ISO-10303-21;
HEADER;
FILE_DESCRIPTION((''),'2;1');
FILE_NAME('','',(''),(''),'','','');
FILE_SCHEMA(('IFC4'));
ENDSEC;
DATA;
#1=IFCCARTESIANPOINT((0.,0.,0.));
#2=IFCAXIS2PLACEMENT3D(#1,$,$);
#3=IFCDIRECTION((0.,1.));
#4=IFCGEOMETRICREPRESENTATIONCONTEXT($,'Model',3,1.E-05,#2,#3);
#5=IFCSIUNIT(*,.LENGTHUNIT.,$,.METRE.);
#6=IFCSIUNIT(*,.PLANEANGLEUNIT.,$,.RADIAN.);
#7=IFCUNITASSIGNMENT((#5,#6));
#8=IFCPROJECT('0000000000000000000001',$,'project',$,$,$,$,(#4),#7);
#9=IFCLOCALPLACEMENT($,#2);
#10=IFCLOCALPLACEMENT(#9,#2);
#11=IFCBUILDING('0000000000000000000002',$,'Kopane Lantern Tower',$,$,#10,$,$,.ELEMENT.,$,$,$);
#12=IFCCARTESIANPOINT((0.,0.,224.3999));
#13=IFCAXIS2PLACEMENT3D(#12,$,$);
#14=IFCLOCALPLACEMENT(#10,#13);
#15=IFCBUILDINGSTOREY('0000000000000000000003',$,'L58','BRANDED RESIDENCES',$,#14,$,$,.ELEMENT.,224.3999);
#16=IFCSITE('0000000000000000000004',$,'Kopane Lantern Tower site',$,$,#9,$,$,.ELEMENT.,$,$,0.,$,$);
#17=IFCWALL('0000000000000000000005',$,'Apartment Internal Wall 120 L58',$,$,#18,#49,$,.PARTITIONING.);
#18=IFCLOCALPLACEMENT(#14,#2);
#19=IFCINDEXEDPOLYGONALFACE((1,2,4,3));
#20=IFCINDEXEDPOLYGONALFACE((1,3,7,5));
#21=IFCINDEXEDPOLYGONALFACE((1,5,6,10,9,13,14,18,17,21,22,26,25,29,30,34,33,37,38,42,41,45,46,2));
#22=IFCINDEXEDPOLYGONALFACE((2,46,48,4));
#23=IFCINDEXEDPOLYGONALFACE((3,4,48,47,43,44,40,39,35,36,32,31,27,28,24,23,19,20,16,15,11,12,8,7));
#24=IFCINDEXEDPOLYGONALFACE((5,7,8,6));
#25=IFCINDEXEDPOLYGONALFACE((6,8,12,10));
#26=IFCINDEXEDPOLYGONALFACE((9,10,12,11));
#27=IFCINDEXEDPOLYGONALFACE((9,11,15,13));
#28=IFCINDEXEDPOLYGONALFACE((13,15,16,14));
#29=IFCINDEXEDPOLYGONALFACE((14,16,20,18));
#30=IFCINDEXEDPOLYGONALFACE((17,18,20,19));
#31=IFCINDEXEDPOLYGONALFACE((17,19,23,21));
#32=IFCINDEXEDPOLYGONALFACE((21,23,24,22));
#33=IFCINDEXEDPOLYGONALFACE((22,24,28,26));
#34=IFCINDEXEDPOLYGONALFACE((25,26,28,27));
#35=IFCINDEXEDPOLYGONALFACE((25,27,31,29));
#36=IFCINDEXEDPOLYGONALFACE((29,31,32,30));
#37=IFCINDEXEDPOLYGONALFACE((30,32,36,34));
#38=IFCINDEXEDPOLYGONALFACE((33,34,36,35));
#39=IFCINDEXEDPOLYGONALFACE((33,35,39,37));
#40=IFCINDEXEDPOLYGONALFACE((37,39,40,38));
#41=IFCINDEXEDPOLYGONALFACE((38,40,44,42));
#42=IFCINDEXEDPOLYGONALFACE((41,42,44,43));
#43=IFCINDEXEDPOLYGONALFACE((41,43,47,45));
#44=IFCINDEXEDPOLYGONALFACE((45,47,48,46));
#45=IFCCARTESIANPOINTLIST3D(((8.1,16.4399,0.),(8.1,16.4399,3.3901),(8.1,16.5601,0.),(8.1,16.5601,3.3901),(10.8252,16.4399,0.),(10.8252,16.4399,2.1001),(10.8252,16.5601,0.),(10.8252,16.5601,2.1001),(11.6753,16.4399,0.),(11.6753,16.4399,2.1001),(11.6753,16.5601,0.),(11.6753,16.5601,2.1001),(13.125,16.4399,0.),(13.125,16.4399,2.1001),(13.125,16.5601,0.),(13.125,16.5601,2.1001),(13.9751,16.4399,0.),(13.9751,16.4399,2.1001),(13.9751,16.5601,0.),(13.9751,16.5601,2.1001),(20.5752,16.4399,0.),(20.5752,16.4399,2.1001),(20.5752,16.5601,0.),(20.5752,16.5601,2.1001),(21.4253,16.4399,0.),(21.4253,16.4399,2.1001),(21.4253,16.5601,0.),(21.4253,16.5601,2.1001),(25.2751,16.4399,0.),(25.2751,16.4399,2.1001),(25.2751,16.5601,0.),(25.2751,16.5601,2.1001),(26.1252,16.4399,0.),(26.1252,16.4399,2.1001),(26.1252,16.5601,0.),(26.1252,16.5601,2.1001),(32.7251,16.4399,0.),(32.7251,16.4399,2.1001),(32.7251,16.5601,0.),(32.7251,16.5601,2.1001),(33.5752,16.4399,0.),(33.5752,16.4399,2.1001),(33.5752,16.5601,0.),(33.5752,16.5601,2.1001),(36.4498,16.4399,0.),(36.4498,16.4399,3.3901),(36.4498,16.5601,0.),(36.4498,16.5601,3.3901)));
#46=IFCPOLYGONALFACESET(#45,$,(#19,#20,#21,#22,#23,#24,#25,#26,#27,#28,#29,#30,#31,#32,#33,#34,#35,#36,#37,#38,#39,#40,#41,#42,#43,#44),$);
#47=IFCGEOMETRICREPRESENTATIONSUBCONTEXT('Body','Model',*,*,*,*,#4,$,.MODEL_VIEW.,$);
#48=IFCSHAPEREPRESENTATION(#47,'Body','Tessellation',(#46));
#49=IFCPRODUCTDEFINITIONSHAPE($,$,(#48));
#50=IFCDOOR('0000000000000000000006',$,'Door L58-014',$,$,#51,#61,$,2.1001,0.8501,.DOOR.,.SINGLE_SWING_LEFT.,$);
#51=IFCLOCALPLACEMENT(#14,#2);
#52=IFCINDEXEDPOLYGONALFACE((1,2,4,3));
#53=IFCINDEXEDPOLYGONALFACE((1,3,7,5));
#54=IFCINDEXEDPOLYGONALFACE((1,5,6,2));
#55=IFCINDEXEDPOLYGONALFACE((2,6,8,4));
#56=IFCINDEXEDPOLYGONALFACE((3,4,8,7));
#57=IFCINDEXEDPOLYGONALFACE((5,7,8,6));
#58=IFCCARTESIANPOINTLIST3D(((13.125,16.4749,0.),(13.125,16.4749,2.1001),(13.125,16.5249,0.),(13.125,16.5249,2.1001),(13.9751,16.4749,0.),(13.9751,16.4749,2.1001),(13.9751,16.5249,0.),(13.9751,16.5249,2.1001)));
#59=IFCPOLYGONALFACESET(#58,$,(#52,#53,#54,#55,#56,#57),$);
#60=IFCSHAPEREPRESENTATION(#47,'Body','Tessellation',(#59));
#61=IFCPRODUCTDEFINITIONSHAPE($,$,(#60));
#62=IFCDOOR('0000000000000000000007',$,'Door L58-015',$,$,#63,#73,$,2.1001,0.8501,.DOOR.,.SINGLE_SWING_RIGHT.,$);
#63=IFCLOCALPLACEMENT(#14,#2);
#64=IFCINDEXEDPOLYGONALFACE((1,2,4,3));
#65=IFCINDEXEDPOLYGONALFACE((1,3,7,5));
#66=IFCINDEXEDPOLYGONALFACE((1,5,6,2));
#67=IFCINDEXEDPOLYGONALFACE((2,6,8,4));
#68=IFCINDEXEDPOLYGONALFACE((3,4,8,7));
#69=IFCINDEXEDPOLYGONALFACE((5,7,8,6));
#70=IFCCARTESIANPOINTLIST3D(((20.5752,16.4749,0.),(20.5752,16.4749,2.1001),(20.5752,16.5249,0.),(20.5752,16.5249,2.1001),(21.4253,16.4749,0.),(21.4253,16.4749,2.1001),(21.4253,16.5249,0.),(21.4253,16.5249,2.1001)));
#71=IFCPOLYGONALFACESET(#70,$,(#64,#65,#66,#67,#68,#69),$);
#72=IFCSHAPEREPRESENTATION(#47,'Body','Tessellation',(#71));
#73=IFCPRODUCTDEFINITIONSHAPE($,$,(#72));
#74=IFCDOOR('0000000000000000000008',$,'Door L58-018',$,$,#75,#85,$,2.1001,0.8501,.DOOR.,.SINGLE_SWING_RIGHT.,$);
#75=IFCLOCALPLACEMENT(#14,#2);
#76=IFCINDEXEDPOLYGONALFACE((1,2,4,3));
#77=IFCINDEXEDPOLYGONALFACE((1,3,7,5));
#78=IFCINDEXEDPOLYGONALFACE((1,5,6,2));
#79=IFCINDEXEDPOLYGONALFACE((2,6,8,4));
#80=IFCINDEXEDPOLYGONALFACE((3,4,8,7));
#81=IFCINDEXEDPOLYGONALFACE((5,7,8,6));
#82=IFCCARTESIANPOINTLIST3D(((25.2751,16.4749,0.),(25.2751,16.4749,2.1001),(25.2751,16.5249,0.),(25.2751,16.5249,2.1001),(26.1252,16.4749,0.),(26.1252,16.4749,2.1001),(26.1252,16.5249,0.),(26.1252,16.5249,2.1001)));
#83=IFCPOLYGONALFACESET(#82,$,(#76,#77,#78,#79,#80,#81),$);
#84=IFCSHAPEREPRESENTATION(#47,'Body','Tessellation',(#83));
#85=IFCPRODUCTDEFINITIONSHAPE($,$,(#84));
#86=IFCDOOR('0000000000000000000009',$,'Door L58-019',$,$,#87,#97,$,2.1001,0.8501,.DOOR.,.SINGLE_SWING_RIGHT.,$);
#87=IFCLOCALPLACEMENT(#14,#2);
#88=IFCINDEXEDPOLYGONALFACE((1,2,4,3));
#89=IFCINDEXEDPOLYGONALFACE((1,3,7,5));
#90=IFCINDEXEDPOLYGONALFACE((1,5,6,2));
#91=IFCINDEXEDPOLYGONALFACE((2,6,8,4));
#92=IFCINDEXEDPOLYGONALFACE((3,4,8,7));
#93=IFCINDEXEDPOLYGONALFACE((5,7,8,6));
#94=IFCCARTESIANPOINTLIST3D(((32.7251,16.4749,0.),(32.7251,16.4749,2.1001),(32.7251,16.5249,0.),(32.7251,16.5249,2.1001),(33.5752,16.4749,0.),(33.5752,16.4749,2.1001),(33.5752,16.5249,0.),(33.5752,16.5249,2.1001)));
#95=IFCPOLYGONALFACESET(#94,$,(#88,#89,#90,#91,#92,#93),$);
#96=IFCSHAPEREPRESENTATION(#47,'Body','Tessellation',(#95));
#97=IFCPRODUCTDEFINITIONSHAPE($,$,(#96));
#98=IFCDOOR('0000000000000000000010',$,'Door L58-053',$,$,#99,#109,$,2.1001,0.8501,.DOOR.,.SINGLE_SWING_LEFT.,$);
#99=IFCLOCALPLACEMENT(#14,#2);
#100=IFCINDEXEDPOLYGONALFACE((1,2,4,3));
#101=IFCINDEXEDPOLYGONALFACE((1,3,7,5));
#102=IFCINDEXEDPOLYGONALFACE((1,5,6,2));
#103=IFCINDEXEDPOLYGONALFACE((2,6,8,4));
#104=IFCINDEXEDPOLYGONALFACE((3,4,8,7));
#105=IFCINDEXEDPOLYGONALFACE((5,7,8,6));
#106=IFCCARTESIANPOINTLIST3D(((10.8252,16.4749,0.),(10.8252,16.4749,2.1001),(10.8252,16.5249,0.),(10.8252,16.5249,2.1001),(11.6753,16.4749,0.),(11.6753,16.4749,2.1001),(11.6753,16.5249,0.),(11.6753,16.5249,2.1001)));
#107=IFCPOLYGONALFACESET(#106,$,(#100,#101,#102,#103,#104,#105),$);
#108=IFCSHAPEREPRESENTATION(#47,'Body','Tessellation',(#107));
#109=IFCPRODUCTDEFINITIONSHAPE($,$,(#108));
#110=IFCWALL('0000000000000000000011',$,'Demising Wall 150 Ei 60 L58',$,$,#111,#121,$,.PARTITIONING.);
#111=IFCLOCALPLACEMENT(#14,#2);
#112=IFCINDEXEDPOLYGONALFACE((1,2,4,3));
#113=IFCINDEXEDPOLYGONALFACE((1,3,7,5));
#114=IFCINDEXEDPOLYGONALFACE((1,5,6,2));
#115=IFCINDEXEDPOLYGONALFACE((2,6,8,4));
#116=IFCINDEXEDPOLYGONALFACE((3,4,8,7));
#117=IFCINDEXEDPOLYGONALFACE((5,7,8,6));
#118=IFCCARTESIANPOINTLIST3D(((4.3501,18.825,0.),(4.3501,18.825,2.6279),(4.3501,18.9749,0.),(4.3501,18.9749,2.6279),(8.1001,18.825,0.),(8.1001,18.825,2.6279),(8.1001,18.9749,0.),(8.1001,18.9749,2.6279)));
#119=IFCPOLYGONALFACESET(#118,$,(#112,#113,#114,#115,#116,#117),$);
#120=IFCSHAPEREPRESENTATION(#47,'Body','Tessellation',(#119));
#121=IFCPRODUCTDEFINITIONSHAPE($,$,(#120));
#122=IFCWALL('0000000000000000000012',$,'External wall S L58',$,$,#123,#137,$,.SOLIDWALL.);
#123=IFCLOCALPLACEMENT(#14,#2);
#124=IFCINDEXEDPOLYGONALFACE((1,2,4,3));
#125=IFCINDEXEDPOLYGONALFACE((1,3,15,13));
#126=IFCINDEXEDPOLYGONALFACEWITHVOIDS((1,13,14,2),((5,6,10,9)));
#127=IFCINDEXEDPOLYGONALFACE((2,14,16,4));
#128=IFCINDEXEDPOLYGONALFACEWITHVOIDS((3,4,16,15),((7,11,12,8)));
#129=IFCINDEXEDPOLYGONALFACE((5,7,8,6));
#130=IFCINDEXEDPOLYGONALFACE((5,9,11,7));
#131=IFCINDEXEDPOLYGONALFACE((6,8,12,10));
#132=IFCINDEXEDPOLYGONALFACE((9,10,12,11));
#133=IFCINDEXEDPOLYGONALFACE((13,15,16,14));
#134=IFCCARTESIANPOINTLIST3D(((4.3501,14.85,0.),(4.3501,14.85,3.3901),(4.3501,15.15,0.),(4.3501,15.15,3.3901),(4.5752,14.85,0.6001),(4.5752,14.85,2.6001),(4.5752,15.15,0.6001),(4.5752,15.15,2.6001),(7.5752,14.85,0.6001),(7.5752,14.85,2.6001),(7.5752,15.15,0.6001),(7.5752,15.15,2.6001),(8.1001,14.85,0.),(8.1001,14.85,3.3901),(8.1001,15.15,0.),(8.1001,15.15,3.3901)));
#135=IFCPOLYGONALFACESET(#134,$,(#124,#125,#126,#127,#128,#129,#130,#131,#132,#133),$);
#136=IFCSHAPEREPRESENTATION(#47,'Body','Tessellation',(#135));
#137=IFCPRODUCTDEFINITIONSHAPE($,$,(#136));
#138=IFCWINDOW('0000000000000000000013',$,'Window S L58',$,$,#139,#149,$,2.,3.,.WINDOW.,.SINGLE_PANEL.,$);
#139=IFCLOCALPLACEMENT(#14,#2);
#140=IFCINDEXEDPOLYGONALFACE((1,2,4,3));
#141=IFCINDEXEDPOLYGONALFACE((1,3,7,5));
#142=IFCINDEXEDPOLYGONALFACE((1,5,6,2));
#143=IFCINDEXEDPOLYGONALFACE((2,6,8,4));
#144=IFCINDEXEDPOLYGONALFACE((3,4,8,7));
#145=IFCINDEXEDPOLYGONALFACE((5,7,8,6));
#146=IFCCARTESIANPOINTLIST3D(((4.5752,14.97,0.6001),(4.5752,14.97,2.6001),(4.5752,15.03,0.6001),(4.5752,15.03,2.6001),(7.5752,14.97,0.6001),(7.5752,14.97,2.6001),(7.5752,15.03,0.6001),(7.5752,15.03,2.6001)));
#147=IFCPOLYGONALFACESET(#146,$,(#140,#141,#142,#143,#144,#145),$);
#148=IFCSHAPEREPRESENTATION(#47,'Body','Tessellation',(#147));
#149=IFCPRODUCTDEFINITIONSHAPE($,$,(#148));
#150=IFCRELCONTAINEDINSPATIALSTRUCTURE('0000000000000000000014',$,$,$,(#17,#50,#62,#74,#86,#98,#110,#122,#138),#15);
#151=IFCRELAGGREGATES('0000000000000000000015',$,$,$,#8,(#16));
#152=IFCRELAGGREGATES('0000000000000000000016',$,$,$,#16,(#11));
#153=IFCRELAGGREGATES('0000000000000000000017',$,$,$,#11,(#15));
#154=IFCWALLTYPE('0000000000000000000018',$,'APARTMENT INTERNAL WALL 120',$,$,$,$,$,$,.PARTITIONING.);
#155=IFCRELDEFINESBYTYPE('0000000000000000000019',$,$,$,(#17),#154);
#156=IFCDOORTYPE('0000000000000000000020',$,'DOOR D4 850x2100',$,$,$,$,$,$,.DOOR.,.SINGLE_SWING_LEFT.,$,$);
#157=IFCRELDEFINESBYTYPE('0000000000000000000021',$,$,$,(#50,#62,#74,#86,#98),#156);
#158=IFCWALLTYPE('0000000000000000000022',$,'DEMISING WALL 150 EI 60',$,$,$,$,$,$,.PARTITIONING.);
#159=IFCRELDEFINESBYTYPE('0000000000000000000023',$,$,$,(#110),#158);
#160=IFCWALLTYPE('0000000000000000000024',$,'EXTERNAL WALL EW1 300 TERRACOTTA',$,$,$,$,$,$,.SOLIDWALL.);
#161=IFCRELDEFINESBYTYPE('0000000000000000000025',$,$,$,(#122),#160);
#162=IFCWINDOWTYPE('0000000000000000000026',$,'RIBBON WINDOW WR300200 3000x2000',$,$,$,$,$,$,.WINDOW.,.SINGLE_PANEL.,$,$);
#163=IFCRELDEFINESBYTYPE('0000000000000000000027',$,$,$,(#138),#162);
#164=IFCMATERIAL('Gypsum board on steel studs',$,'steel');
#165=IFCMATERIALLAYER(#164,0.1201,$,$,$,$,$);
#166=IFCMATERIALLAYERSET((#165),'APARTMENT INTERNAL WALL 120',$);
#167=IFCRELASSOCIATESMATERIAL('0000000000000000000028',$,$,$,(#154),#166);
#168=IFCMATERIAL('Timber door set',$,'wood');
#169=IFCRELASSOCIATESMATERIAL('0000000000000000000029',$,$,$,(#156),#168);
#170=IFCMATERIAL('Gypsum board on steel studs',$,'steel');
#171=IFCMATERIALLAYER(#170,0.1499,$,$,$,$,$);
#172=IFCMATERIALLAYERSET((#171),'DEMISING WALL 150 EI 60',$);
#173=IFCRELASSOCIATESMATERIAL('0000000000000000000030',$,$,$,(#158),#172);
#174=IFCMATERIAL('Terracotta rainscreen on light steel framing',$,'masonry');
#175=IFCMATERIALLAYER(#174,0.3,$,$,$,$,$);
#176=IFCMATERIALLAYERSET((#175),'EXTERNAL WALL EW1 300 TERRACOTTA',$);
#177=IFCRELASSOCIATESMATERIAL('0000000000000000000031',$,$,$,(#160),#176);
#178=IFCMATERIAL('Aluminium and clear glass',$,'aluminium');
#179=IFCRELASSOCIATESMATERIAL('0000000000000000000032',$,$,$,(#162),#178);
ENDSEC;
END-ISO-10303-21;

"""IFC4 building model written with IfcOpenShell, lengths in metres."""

from ifc_helpers import new_model, si_unit, direction, frame, frame_2d, origin, place, context, subcontext, project, spatial, rectangle, extrude, material, layer, layer_set, type_object, element, fill, save


model = new_model("IFC4")

# Units and contexts
model_context = context("Model", 3, precision=1e-05, world=origin(), true_north=direction((0.0, 1.0)))
body_context = subcontext(model_context, "Body", "Model", "MODEL_VIEW")
ifc_project = project(units=[si_unit("LENGTHUNIT", "METRE"), si_unit("PLANEANGLEUNIT", "RADIAN")], contexts=[model_context])

# Site, building, storey
site_placement = place(None, origin())
site = spatial("IfcSite", under=ifc_project, at=site_placement, Name="Kopane Lantern Tower site", CompositionType="ELEMENT", RefElevation=0.0)
building_placement = place(site_placement, origin())
building = spatial("IfcBuilding", under=site, at=building_placement, Name="Kopane Lantern Tower", CompositionType="ELEMENT")
storey_placement = place(building_placement, frame((0.0, 0.0, 224.3999)))
storey = spatial("IfcBuildingStorey", under=building, at=storey_placement, Name="L58", Description="BRANDED RESIDENCES", CompositionType="ELEMENT", Elevation=224.3999)

# Wall, openings, doors
ifc_material_1 = material(Name="Gypsum board on steel studs", Category="steel")
ifc_layer_1 = layer(ifc_material_1, 0.1201)
ifc_layer_set_1 = layer_set([ifc_layer_1], Name="APARTMENT INTERNAL WALL 120")
wall_type_1 = type_object("IfcWallType", Name="APARTMENT INTERNAL WALL 120", PredefinedType="PARTITIONING", material=ifc_layer_set_1)
ifc_material_2 = material(Name="Timber door set", Category="wood")
door_type = type_object("IfcDoorType", Name="DOOR D4 850x2100", OperationType="SINGLE_SWING_LEFT", PredefinedType="DOOR", material=ifc_material_2)
wall_1_placement = place(storey_placement, frame((8.1001, 16.5, 0.0), z_axis=(0.0, 0.0, 1.0), x_axis=(1.0, 0.0, 0.0)))
wall_1 = element("IfcWall", 1, at=wall_1_placement, inside=storey, type_object=wall_type_1, Name="Apartment Internal Wall 120 L58", PredefinedType="PARTITIONING", context=body_context, shape_type="SweptSolid", body=[
    extrude(rectangle(XDim=28.3499, YDim=0.1201, at=frame_2d((14.1748, 0.0))), origin(), (0.0, 0.0, 1.0), 3.3901),
])
opening_1_placement = place(wall_1_placement, frame((5.0249, 0.0, 0.0)))
opening_1 = element("IfcOpeningElement", 2, at=opening_1_placement, cuts=wall_1, PredefinedType="OPENING", context=body_context, shape_type="SweptSolid", body=[
    extrude(rectangle(XDim=0.8501, YDim=2.1001, at=frame_2d((0.425, 1.05))), frame((0.0, 0.0701, 0.0), z_axis=(0.0, -1.0, 0.0), x_axis=(1.0, 0.0, 0.0)), (0.0, 0.0, 1.0), 0.1401),
])
opening_2_placement = place(wall_1_placement, frame((12.4751, 0.0, 0.0)))
opening_2 = element("IfcOpeningElement", 3, at=opening_2_placement, cuts=wall_1, PredefinedType="OPENING", context=body_context, shape_type="SweptSolid", body=[
    extrude(rectangle(XDim=0.8501, YDim=2.1001, at=frame_2d((0.425, 1.05))), frame((0.0, 0.0701, 0.0), z_axis=(0.0, -1.0, 0.0), x_axis=(1.0, 0.0, 0.0)), (0.0, 0.0, 1.0), 0.1401),
])
opening_3_placement = place(wall_1_placement, frame((17.175, 0.0, 0.0)))
opening_3 = element("IfcOpeningElement", 4, at=opening_3_placement, cuts=wall_1, PredefinedType="OPENING", context=body_context, shape_type="SweptSolid", body=[
    extrude(rectangle(XDim=0.8501, YDim=2.1001, at=frame_2d((0.425, 1.05))), frame((0.0, 0.0701, 0.0), z_axis=(0.0, -1.0, 0.0), x_axis=(1.0, 0.0, 0.0)), (0.0, 0.0, 1.0), 0.1401),
])
opening_4_placement = place(wall_1_placement, frame((24.625, 0.0, 0.0)))
opening_4 = element("IfcOpeningElement", 5, at=opening_4_placement, cuts=wall_1, PredefinedType="OPENING", context=body_context, shape_type="SweptSolid", body=[
    extrude(rectangle(XDim=0.8501, YDim=2.1001, at=frame_2d((0.425, 1.05))), frame((0.0, 0.0701, 0.0), z_axis=(0.0, -1.0, 0.0), x_axis=(1.0, 0.0, 0.0)), (0.0, 0.0, 1.0), 0.1401),
])
opening_5_placement = place(wall_1_placement, frame((2.7251, 0.0, 0.0)))
opening_5 = element("IfcOpeningElement", 6, at=opening_5_placement, cuts=wall_1, PredefinedType="OPENING", context=body_context, shape_type="SweptSolid", body=[
    extrude(rectangle(XDim=0.8501, YDim=2.1001, at=frame_2d((0.425, 1.05))), frame((0.0, 0.0701, 0.0), z_axis=(0.0, -1.0, 0.0), x_axis=(1.0, 0.0, 0.0)), (0.0, 0.0, 1.0), 0.1401),
])
door_1_placement = place(opening_1_placement, origin())
door_1 = element("IfcDoor", 7, at=door_1_placement, inside=storey, type_object=door_type, Name="Door L58-014", OperationType="SINGLE_SWING_LEFT", OverallHeight=2.1001, OverallWidth=0.8501, PredefinedType="DOOR", context=body_context, shape_type="SweptSolid", body=[
    extrude(rectangle(XDim=0.8501, YDim=2.1001, at=frame_2d((0.425, 1.05))), frame((0.0, 0.0249, 0.0), z_axis=(0.0, -1.0, 0.0), x_axis=(1.0, 0.0, 0.0)), (0.0, 0.0, 1.0), 0.05),
])
fill(opening_1, door_1)
door_2_placement = place(opening_2_placement, origin())
door_2 = element("IfcDoor", 8, at=door_2_placement, inside=storey, type_object=door_type, Name="Door L58-015", OperationType="SINGLE_SWING_RIGHT", OverallHeight=2.1001, OverallWidth=0.8501, PredefinedType="DOOR", context=body_context, shape_type="SweptSolid", body=[
    extrude(rectangle(XDim=0.8501, YDim=2.1001, at=frame_2d((0.425, 1.05))), frame((0.0, 0.0249, 0.0), z_axis=(0.0, -1.0, 0.0), x_axis=(1.0, 0.0, 0.0)), (0.0, 0.0, 1.0), 0.05),
])
fill(opening_2, door_2)
door_3_placement = place(opening_3_placement, origin())
door_3 = element("IfcDoor", 9, at=door_3_placement, inside=storey, type_object=door_type, Name="Door L58-018", OperationType="SINGLE_SWING_RIGHT", OverallHeight=2.1001, OverallWidth=0.8501, PredefinedType="DOOR", context=body_context, shape_type="SweptSolid", body=[
    extrude(rectangle(XDim=0.8501, YDim=2.1001, at=frame_2d((0.425, 1.05))), frame((0.0, 0.0249, 0.0), z_axis=(0.0, -1.0, 0.0), x_axis=(1.0, 0.0, 0.0)), (0.0, 0.0, 1.0), 0.05),
])
fill(opening_3, door_3)
door_4_placement = place(opening_4_placement, origin())
door_4 = element("IfcDoor", 10, at=door_4_placement, inside=storey, type_object=door_type, Name="Door L58-019", OperationType="SINGLE_SWING_RIGHT", OverallHeight=2.1001, OverallWidth=0.8501, PredefinedType="DOOR", context=body_context, shape_type="SweptSolid", body=[
    extrude(rectangle(XDim=0.8501, YDim=2.1001, at=frame_2d((0.425, 1.05))), frame((0.0, 0.0249, 0.0), z_axis=(0.0, -1.0, 0.0), x_axis=(1.0, 0.0, 0.0)), (0.0, 0.0, 1.0), 0.05),
])
fill(opening_4, door_4)
door_5_placement = place(opening_5_placement, origin())
door_5 = element("IfcDoor", 11, at=door_5_placement, inside=storey, type_object=door_type, Name="Door L58-053", OperationType="SINGLE_SWING_LEFT", OverallHeight=2.1001, OverallWidth=0.8501, PredefinedType="DOOR", context=body_context, shape_type="SweptSolid", body=[
    extrude(rectangle(XDim=0.8501, YDim=2.1001, at=frame_2d((0.425, 1.05))), frame((0.0, 0.0249, 0.0), z_axis=(0.0, -1.0, 0.0), x_axis=(1.0, 0.0, 0.0)), (0.0, 0.0, 1.0), 0.05),
])
fill(opening_5, door_5)

# Wall
ifc_material_3 = material(Name="Gypsum board on steel studs", Category="steel")
ifc_layer_2 = layer(ifc_material_3, 0.1499)
ifc_layer_set_2 = layer_set([ifc_layer_2], Name="DEMISING WALL 150 EI 60")
wall_type_2 = type_object("IfcWallType", Name="DEMISING WALL 150 EI 60", PredefinedType="PARTITIONING", material=ifc_layer_set_2)
wall_2_placement = place(storey_placement, frame((4.3501, 18.8999, 0.0), z_axis=(0.0, 0.0, 1.0), x_axis=(1.0, 0.0, 0.0)))
element("IfcWall", 12, at=wall_2_placement, inside=storey, type_object=wall_type_2, Name="Demising Wall 150 Ei 60 L58", PredefinedType="PARTITIONING", context=body_context, shape_type="SweptSolid", body=[
    extrude(rectangle(XDim=3.75, YDim=0.1499, at=frame_2d((1.875, 0.0))), origin(), (0.0, 0.0, 1.0), 2.6279),
])

# Wall, opening, window
ifc_material_4 = material(Name="Terracotta rainscreen on light steel framing", Category="masonry")
ifc_layer_3 = layer(ifc_material_4, 0.3)
ifc_layer_set_3 = layer_set([ifc_layer_3], Name="EXTERNAL WALL EW1 300 TERRACOTTA")
wall_type_3 = type_object("IfcWallType", Name="EXTERNAL WALL EW1 300 TERRACOTTA", PredefinedType="SOLIDWALL", material=ifc_layer_set_3)
wall_3_placement = place(storey_placement, frame((4.3501, 15.0, 0.0), z_axis=(0.0, 0.0, 1.0), x_axis=(1.0, 0.0, 0.0)))
wall_3 = element("IfcWall", 13, at=wall_3_placement, inside=storey, type_object=wall_type_3, Name="External wall S L58", PredefinedType="SOLIDWALL", context=body_context, shape_type="SweptSolid", body=[
    extrude(rectangle(XDim=3.75, YDim=0.3, at=frame_2d((1.875, 0.0))), origin(), (0.0, 0.0, 1.0), 3.3901),
])
opening_6_placement = place(wall_3_placement, frame((0.2251, 0.0, 0.6001)))
opening_6 = element("IfcOpeningElement", 14, at=opening_6_placement, cuts=wall_3, PredefinedType="OPENING", context=body_context, shape_type="SweptSolid", body=[
    extrude(rectangle(XDim=3.0, YDim=2.0, at=frame_2d((1.5, 1.0))), frame((0.0, 0.1599, 0.0), z_axis=(0.0, -1.0, 0.0), x_axis=(1.0, 0.0, 0.0)), (0.0, 0.0, 1.0), 0.3201),
])
ifc_material_5 = material(Name="Aluminium and clear glass", Category="aluminium")
window_type = type_object("IfcWindowType", Name="RIBBON WINDOW WR300200 3000x2000", PartitioningType="SINGLE_PANEL", PredefinedType="WINDOW", material=ifc_material_5)
window_placement = place(opening_6_placement, origin())
window = element("IfcWindow", 15, at=window_placement, inside=storey, type_object=window_type, Name="Window S L58", OverallHeight=2.0, OverallWidth=3.0, PartitioningType="SINGLE_PANEL", PredefinedType="WINDOW", context=body_context, shape_type="SweptSolid", body=[
    extrude(rectangle(XDim=3.0, YDim=2.0, at=frame_2d((1.5, 1.0))), frame((0.0, 0.03, 0.0), z_axis=(0.0, -1.0, 0.0), x_axis=(1.0, 0.0, 0.0)), (0.0, 0.0, 1.0), 0.0601),
])
fill(opening_6, window)

save(model, "model.ifc")
